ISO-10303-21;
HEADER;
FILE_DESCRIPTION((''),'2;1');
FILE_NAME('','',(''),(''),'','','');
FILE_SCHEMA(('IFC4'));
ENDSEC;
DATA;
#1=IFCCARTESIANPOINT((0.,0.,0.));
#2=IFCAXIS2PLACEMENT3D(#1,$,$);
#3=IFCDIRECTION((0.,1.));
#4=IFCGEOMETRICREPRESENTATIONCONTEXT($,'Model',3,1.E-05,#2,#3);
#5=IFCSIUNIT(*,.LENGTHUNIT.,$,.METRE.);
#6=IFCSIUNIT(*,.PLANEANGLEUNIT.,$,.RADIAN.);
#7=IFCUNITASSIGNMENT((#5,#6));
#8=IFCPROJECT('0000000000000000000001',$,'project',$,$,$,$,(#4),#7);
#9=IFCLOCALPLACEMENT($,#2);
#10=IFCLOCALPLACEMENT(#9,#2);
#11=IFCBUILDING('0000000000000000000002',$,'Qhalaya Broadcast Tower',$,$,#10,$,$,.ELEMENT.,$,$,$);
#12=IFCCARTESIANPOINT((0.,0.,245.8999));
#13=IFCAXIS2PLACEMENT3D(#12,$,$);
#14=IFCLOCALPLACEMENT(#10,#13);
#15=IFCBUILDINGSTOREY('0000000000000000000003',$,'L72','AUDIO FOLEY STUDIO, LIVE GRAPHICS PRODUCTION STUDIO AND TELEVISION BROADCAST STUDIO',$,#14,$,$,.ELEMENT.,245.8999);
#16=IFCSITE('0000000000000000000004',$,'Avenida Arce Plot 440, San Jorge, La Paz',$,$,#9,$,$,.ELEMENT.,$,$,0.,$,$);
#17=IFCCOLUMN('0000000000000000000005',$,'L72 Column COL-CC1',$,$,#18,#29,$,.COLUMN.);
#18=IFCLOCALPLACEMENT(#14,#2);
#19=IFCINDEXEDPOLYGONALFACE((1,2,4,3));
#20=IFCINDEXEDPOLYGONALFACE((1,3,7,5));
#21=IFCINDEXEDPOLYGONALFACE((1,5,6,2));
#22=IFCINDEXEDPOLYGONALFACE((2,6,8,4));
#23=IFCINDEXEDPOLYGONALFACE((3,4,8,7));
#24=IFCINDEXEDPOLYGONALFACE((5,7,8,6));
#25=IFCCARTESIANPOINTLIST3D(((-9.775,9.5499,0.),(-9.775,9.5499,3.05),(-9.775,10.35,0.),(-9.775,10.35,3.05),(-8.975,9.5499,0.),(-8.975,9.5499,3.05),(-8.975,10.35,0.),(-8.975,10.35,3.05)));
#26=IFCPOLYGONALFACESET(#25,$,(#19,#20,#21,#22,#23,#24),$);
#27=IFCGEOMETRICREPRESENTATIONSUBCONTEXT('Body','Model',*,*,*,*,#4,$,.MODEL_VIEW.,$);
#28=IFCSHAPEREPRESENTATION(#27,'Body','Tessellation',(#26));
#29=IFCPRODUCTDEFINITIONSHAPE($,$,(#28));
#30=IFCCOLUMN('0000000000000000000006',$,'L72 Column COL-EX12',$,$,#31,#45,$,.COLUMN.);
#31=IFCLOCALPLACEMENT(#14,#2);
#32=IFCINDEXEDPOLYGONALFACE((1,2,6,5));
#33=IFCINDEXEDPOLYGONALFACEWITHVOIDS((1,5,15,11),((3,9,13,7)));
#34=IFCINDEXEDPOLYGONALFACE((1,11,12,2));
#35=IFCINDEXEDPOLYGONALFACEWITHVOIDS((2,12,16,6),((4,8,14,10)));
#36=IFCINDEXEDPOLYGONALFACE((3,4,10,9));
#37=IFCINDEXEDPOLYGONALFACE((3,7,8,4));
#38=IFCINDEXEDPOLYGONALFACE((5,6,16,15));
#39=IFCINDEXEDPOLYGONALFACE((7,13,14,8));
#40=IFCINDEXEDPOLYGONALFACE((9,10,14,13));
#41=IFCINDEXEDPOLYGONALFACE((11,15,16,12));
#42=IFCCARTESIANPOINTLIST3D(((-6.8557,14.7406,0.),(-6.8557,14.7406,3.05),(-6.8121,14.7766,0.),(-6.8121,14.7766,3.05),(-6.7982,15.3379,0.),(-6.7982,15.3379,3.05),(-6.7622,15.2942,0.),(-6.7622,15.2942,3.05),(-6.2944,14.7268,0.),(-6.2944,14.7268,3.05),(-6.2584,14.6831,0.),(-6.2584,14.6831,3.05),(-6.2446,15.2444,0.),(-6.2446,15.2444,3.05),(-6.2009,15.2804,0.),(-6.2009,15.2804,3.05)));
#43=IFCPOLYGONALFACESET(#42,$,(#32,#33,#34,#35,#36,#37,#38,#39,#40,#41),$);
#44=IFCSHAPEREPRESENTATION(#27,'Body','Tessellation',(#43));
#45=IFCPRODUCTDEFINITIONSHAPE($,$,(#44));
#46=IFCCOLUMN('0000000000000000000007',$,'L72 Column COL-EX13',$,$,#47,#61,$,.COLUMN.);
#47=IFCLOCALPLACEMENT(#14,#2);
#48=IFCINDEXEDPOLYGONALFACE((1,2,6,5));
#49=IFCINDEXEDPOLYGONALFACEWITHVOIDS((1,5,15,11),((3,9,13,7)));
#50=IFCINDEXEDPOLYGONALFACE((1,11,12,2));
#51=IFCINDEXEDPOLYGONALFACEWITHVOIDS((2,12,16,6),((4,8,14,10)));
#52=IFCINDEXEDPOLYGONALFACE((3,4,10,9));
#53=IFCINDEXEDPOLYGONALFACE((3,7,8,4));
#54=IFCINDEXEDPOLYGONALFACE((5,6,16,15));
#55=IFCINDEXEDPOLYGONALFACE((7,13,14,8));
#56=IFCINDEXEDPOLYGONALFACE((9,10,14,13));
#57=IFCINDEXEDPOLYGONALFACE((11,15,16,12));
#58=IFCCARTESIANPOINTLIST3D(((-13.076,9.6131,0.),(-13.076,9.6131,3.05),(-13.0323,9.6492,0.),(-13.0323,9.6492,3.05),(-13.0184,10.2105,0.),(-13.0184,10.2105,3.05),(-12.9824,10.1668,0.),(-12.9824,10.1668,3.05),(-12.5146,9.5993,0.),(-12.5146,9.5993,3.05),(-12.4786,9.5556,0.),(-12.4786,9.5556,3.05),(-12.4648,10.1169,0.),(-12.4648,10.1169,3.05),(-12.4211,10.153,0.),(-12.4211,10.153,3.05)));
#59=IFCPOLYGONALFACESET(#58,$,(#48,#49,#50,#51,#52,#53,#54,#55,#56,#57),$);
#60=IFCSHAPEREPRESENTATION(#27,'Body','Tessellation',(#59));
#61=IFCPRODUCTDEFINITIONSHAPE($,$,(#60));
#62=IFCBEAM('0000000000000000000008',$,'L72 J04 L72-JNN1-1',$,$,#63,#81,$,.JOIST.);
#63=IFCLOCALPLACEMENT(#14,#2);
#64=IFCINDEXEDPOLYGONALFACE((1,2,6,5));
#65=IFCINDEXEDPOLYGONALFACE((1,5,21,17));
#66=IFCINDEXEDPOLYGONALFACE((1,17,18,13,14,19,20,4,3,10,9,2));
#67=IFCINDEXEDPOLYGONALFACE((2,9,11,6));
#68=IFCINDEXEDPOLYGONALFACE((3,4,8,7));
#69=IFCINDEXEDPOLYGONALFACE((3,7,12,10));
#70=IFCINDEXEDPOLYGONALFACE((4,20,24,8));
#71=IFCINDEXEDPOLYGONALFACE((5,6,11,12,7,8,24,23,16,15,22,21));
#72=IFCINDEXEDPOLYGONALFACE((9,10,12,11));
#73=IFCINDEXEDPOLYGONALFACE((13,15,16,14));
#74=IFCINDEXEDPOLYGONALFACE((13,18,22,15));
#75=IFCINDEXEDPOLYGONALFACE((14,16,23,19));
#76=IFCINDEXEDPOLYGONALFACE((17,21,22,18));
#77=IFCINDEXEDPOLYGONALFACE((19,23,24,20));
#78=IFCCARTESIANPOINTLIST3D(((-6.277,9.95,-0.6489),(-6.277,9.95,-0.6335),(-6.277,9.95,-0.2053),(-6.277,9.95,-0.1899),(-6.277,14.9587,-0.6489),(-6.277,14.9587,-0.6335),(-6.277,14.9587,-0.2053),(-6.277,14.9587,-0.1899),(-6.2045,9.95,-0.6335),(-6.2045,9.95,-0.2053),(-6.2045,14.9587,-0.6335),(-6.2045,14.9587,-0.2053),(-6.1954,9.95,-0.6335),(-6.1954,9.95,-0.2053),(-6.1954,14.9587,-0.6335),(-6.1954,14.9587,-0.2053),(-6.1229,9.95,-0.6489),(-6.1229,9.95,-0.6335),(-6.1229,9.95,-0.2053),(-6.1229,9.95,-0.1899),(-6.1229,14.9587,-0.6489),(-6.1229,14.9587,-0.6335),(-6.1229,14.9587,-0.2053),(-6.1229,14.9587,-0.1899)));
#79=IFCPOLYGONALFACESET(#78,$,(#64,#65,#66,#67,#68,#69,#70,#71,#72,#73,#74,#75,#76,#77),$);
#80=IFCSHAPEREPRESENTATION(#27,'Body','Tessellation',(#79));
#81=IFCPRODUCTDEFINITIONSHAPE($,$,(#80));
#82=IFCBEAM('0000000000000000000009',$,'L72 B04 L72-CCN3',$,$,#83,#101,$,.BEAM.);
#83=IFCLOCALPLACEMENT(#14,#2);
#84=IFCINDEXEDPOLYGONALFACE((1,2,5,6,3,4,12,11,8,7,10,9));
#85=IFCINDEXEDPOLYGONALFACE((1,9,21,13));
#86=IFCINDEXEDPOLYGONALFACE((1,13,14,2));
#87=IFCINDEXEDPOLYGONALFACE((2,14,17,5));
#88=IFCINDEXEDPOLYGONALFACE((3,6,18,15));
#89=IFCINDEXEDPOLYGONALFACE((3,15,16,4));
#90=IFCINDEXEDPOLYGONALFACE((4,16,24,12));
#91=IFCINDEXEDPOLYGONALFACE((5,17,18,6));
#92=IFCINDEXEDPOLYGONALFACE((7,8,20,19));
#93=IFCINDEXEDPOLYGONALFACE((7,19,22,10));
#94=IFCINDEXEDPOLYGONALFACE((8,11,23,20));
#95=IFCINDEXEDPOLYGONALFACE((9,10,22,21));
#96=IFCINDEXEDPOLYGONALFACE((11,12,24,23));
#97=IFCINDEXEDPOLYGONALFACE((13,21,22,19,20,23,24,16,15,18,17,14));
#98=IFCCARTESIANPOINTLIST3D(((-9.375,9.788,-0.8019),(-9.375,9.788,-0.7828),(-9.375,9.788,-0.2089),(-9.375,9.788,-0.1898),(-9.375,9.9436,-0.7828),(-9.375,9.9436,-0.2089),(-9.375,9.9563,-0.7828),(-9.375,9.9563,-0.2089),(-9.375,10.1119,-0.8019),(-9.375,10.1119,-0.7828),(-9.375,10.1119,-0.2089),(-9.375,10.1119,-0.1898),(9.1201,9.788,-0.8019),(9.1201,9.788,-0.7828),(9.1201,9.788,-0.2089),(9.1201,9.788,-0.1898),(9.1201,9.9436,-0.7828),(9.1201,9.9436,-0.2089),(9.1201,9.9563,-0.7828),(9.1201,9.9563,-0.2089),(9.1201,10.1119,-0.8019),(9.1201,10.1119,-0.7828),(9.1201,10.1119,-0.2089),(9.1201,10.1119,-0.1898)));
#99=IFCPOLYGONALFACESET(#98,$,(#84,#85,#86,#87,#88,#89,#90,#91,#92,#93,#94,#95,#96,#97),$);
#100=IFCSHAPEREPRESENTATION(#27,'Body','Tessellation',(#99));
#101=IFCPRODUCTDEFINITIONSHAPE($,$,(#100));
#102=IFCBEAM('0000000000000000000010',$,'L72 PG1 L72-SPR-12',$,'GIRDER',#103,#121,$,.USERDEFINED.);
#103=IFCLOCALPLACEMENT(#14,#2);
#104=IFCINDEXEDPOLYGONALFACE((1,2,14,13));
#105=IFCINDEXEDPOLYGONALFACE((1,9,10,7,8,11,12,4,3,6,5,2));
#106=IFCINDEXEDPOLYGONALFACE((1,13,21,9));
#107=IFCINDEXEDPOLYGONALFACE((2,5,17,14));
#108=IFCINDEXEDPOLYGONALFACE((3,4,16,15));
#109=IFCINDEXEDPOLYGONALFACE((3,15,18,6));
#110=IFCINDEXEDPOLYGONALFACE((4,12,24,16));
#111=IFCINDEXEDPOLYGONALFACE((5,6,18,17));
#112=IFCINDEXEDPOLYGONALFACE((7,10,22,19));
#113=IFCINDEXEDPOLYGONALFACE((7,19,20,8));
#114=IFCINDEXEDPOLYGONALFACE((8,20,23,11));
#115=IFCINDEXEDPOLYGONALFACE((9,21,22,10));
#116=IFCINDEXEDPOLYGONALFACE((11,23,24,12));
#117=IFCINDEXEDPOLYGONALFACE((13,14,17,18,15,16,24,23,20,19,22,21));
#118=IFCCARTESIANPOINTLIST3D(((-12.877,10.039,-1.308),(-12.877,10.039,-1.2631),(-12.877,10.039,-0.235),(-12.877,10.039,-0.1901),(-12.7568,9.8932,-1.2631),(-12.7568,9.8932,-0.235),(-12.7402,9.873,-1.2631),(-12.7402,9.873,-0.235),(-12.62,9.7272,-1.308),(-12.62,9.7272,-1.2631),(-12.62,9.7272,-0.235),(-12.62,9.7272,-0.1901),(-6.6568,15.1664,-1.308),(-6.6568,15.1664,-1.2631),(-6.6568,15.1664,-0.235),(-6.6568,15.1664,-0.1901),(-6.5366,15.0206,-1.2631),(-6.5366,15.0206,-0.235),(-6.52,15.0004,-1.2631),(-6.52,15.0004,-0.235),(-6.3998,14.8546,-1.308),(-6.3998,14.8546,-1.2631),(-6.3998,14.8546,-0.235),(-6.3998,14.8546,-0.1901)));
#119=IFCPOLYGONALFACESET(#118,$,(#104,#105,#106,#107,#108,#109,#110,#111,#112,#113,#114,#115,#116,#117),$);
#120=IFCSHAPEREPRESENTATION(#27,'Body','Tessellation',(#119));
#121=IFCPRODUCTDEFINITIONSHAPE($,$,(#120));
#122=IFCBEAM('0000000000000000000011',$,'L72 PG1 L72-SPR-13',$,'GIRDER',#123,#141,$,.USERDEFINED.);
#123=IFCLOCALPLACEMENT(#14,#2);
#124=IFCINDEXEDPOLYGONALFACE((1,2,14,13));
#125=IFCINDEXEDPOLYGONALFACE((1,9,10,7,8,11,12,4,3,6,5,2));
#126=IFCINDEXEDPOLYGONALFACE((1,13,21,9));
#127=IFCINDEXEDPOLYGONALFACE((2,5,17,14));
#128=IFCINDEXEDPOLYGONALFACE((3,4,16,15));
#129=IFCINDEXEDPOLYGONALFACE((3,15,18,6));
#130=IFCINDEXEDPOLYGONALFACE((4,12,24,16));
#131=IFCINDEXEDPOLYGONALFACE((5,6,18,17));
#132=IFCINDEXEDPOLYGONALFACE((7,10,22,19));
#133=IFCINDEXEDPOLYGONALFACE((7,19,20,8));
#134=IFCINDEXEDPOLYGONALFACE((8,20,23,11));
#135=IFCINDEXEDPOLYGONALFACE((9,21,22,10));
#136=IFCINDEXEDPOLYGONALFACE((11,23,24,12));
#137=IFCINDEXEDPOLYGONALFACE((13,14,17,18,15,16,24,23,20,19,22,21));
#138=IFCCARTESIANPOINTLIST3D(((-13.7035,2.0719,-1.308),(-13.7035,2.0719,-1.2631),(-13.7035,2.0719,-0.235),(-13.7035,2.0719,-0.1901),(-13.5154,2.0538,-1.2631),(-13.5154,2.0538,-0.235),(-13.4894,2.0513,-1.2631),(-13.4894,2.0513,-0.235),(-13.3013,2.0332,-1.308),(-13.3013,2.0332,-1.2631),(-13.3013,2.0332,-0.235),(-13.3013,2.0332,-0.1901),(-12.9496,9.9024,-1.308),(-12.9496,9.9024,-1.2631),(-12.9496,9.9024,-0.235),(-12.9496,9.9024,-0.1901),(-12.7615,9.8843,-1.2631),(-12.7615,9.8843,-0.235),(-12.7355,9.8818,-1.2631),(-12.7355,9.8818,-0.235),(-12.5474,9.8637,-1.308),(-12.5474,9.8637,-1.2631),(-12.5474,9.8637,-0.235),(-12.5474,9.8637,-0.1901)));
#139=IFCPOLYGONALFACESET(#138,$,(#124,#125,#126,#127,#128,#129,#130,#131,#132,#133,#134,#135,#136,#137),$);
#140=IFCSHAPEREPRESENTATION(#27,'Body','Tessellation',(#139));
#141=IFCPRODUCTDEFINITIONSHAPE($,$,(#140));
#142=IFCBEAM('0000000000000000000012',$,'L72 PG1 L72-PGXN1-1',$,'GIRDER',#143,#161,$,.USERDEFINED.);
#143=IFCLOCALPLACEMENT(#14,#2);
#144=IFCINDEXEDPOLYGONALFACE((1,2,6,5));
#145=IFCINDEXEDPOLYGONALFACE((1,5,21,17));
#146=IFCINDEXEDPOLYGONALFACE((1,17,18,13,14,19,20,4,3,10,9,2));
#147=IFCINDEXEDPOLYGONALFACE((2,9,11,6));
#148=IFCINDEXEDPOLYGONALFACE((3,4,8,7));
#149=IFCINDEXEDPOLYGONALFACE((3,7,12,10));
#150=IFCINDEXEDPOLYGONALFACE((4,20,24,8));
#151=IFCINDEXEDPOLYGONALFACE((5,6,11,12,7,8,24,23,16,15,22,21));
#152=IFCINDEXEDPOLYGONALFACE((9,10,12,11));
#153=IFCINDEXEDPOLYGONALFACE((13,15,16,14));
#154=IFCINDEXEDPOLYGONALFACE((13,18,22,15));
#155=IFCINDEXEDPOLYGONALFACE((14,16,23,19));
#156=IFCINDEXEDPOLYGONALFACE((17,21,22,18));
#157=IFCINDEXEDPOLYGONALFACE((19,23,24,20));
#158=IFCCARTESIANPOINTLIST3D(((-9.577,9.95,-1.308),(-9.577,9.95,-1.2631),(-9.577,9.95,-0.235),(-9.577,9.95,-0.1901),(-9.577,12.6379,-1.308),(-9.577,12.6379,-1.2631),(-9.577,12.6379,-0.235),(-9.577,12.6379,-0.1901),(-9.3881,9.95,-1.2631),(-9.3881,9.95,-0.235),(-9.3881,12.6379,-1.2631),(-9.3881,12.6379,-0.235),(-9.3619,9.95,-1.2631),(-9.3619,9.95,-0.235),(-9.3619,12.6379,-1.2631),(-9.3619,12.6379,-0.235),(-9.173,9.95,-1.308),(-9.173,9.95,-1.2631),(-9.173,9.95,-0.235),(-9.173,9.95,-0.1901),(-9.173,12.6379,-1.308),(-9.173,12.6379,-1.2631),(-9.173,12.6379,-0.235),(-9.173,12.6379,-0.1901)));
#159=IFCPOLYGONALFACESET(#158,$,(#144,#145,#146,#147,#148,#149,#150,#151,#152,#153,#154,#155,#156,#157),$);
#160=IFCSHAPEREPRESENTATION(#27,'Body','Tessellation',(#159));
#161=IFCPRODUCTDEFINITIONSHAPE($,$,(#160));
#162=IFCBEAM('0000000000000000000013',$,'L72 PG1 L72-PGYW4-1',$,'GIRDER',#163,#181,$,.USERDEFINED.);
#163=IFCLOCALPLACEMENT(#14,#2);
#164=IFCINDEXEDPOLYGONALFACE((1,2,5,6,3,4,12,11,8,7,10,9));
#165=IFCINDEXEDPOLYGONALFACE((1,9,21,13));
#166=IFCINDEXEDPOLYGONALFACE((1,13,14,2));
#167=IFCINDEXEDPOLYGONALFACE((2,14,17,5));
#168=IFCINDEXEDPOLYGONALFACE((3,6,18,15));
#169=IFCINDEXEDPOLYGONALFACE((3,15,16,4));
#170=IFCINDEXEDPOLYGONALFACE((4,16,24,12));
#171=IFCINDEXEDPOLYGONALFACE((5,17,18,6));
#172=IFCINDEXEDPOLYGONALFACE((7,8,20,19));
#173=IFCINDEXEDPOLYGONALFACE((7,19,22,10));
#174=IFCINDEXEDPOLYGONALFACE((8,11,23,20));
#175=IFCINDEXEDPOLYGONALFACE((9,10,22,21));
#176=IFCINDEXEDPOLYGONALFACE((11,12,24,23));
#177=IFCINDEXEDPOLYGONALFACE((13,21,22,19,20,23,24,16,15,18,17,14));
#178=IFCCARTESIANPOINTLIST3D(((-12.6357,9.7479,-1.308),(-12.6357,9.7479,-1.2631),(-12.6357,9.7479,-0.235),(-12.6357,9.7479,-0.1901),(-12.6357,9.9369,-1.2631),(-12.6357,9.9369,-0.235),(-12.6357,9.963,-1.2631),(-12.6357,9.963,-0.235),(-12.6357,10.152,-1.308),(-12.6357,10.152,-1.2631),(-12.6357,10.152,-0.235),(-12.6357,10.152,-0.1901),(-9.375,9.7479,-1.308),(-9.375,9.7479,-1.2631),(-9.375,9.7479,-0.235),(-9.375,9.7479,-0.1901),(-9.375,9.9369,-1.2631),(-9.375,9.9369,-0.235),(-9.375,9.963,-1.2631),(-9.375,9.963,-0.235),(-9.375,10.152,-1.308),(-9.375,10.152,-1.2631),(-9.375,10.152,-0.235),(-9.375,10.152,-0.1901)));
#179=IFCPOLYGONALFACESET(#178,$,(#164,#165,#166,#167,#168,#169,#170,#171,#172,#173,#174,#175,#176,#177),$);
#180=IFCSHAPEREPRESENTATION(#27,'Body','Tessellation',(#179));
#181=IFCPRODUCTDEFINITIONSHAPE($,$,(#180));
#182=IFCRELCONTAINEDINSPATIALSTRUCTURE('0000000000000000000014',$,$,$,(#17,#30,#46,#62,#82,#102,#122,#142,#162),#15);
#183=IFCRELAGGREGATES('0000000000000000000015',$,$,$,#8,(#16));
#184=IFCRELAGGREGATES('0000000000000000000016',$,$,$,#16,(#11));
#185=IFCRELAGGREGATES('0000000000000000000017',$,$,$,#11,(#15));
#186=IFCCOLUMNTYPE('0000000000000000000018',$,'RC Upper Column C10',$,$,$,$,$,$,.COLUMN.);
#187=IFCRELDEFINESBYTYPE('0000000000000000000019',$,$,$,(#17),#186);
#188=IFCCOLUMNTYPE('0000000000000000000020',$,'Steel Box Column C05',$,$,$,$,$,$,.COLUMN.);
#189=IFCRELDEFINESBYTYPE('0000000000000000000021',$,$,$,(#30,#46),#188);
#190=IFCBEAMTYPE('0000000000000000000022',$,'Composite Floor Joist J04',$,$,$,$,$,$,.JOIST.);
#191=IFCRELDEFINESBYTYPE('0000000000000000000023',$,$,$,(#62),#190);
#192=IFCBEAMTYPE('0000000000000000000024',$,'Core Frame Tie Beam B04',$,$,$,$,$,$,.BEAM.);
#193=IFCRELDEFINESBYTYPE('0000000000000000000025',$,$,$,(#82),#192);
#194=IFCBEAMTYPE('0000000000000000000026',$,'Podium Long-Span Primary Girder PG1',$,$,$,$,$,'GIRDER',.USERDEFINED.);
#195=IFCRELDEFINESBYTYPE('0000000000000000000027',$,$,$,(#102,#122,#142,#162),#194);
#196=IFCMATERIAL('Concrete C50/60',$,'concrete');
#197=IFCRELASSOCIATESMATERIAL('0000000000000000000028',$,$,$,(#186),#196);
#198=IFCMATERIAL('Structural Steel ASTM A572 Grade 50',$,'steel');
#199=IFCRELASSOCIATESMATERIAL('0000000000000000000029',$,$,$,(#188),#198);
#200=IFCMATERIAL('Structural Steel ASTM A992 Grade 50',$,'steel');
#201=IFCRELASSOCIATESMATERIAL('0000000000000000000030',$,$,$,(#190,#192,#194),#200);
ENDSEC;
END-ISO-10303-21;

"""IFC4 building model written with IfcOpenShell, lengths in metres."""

from ifc_helpers import new_model, si_unit, direction, frame, origin, origin_2d, place, context, subcontext, project, spatial, rectangle, hollow_rectangle, i_section, extrude, material, material_profile, profile_set, type_object, element, save


model = new_model("IFC4")

# Units and contexts
model_context = context("Model", 3, precision=1e-05, world=origin(), true_north=direction((0.0, 1.0)))
body_context = subcontext(model_context, "Body", "Model", "MODEL_VIEW")
ifc_project = project(units=[si_unit("LENGTHUNIT", "METRE"), si_unit("PLANEANGLEUNIT", "RADIAN")], contexts=[model_context])

# Site, building, storey
site_placement = place(None, origin())
site = spatial("IfcSite", under=ifc_project, at=site_placement, Name="Avenida Arce Plot 440, San Jorge, La Paz", CompositionType="ELEMENT", RefElevation=0.0)
building_placement = place(site_placement, origin())
building = spatial("IfcBuilding", under=site, at=building_placement, Name="Qhalaya Broadcast Tower", CompositionType="ELEMENT")
storey_placement = place(building_placement, frame((0.0, 0.0, 245.8999)))
storey = spatial("IfcBuildingStorey", under=building, at=storey_placement, Name="L72", Description="AUDIO FOLEY STUDIO, LIVE GRAPHICS PRODUCTION STUDIO AND TELEVISION BROADCAST STUDIO", CompositionType="ELEMENT", Elevation=245.8999)

# Columns
ifc_material_1 = material(Name="Concrete C50/60", Category="concrete")
ifc_material_profile_1 = material_profile(ifc_material_1, rectangle(XDim=0.8, YDim=0.8, at=origin_2d()), Name="RC-COL 800x800")
ifc_profile_set_1 = profile_set([ifc_material_profile_1], Name="Concrete C50/60")
column_type_1 = type_object("IfcColumnType", Name="RC Upper Column C10", PredefinedType="COLUMN", material=ifc_profile_set_1)
column_placement = place(storey_placement, frame((-9.375, 9.95, 0.0), z_axis=(0.0, 0.0, 1.0), x_axis=(1.0, 0.0, 0.0)))
element("IfcColumn", 1, at=column_placement, inside=storey, type_object=column_type_1, Name="L72 Column COL-CC1", PredefinedType="COLUMN", context=body_context, shape_type="SweptSolid", body=[
    extrude(rectangle(XDim=0.8, YDim=0.8, at=origin_2d()), origin(), (0.0, 0.0, 1.0), 3.05),
])
ifc_material_2 = material(Name="Structural Steel ASTM A572 Grade 50", Category="steel")
ifc_material_profile_2 = material_profile(ifc_material_2, hollow_rectangle(XDim=0.6001, YDim=0.6001, WallThickness=0.04, at=origin_2d()), Name="BOX 600x600x40")
ifc_profile_set_2 = profile_set([ifc_material_profile_2], Name="Structural Steel ASTM A572 Grade 50")
column_type_2 = type_object("IfcColumnType", Name="Steel Box Column C05", PredefinedType="COLUMN", material=ifc_profile_set_2)
for number, where, z_axis, x_axis, name in (
    (2, (-6.5283, 15.0105, 0.0), (0.0, 0.0, 1.0), (0.995396, -0.095846, 0.0), "L72 Column COL-EX12"),
    (3, (-12.7485, 9.8831, 0.0), (0.0, 0.0, 1.0), (0.095846, 0.995396, 0.0), "L72 Column COL-EX13"),
):
    element("IfcColumn", number, at=place(storey_placement, frame(where, z_axis=z_axis, x_axis=x_axis)), inside=storey, type_object=column_type_2, Name=name, PredefinedType="COLUMN", context=body_context, shape_type="SweptSolid", body=[
        extrude(hollow_rectangle(XDim=0.6001, YDim=0.6001, WallThickness=0.04, at=origin_2d()), origin(), (0.0, 0.0, 1.0), 3.05),
    ])

# Beams
ifc_material_3 = material(Name="Structural Steel ASTM A992 Grade 50", Category="steel")
ifc_material_profile_3 = material_profile(ifc_material_3, i_section(OverallWidth=0.1541, OverallDepth=0.459, WebThickness=0.009, FlangeThickness=0.0154, at=origin_2d()), Name="W18X46")
ifc_profile_set_3 = profile_set([ifc_material_profile_3], Name="Structural Steel ASTM A992 Grade 50")
beam_type_1 = type_object("IfcBeamType", Name="Composite Floor Joist J04", PredefinedType="JOIST", material=ifc_profile_set_3)
beam_1_placement = place(storey_placement, frame((-6.2, 9.95, -0.4194), z_axis=(0.0, 1.0, 0.0), x_axis=(-1.0, 0.0, 0.0)))
element("IfcBeam", 4, at=beam_1_placement, inside=storey, type_object=beam_type_1, Name="L72 J04 L72-JNN1-1", PredefinedType="JOIST", context=body_context, shape_type="SweptSolid", body=[
    extrude(i_section(OverallWidth=0.1541, OverallDepth=0.459, WebThickness=0.009, FlangeThickness=0.0154, at=origin_2d()), origin(), (0.0, 0.0, 1.0), 5.0088),
])
ifc_material_profile_4 = material_profile(ifc_material_3, i_section(OverallWidth=0.324, OverallDepth=0.6121, WebThickness=0.0127, FlangeThickness=0.019, at=origin_2d()), Name="W24X104")
ifc_profile_set_4 = profile_set([ifc_material_profile_4], Name="Structural Steel ASTM A992 Grade 50")
beam_type_2 = type_object("IfcBeamType", Name="Core Frame Tie Beam B04", PredefinedType="BEAM", material=ifc_profile_set_4)
beam_2_placement = place(storey_placement, frame((-9.375, 9.95, -0.4958), z_axis=(1.0, 0.0, 0.0), x_axis=(0.0, 1.0, 0.0)))
element("IfcBeam", 5, at=beam_2_placement, inside=storey, type_object=beam_type_2, Name="L72 B04 L72-CCN3", PredefinedType="BEAM", context=body_context, shape_type="SweptSolid", body=[
    extrude(i_section(OverallWidth=0.324, OverallDepth=0.6121, WebThickness=0.0127, FlangeThickness=0.019, at=origin_2d()), origin(), (0.0, 0.0, 1.0), 18.4951),
])
ifc_material_profile_5 = material_profile(ifc_material_3, i_section(OverallWidth=0.4041, OverallDepth=1.1179, WebThickness=0.0261, FlangeThickness=0.0449, at=origin_2d()), Name="W44X335")
ifc_profile_set_5 = profile_set([ifc_material_profile_5], Name="Structural Steel ASTM A992 Grade 50")
beam_type_3 = type_object("IfcBeamType", Name="Podium Long-Span Primary Girder PG1", ElementType="GIRDER", PredefinedType="USERDEFINED", material=ifc_profile_set_5)
beam_3_placement = place(storey_placement, frame((-6.5283, 15.0105, -0.749), z_axis=(-0.771631, -0.63607, 0.0), x_axis=(0.63607, -0.771631, 0.0)))
element("IfcBeam", 6, at=beam_3_placement, inside=storey, type_object=beam_type_3, Name="L72 PG1 L72-SPR-12", ObjectType="GIRDER", PredefinedType="USERDEFINED", context=body_context, shape_type="SweptSolid", body=[
    extrude(i_section(OverallWidth=0.4041, OverallDepth=1.1179, WebThickness=0.0261, FlangeThickness=0.0449, at=origin_2d()), origin(), (0.0, 0.0, 1.0), 8.061),
])
beam_4_placement = place(storey_placement, frame((-12.7485, 9.8831, -0.749), z_axis=(-0.095834, -0.995397, 0.0), x_axis=(0.995397, -0.095834, 0.0)))
element("IfcBeam", 7, at=beam_4_placement, inside=storey, type_object=beam_type_3, Name="L72 PG1 L72-SPR-13", ObjectType="GIRDER", PredefinedType="USERDEFINED", context=body_context, shape_type="SweptSolid", body=[
    extrude(i_section(OverallWidth=0.4041, OverallDepth=1.1179, WebThickness=0.0261, FlangeThickness=0.0449, at=origin_2d()), origin(), (0.0, 0.0, 1.0), 7.8667),
])
beam_5_placement = place(storey_placement, frame((-9.375, 9.95, -0.749), z_axis=(0.0, 1.0, 0.0), x_axis=(-1.0, 0.0, 0.0)))
element("IfcBeam", 8, at=beam_5_placement, inside=storey, type_object=beam_type_3, Name="L72 PG1 L72-PGXN1-1", ObjectType="GIRDER", PredefinedType="USERDEFINED", context=body_context, shape_type="SweptSolid", body=[
    extrude(i_section(OverallWidth=0.4041, OverallDepth=1.1179, WebThickness=0.0261, FlangeThickness=0.0449, at=origin_2d()), origin(), (0.0, 0.0, 1.0), 2.688),
])
beam_6_placement = place(storey_placement, frame((-12.6357, 9.95, -0.749), z_axis=(1.0, 0.0, 0.0), x_axis=(0.0, 1.0, 0.0)))
element("IfcBeam", 9, at=beam_6_placement, inside=storey, type_object=beam_type_3, Name="L72 PG1 L72-PGYW4-1", ObjectType="GIRDER", PredefinedType="USERDEFINED", context=body_context, shape_type="SweptSolid", body=[
    extrude(i_section(OverallWidth=0.4041, OverallDepth=1.1179, WebThickness=0.0261, FlangeThickness=0.0449, at=origin_2d()), origin(), (0.0, 0.0, 1.0), 3.2607),
])

save(model, "model.ifc")
